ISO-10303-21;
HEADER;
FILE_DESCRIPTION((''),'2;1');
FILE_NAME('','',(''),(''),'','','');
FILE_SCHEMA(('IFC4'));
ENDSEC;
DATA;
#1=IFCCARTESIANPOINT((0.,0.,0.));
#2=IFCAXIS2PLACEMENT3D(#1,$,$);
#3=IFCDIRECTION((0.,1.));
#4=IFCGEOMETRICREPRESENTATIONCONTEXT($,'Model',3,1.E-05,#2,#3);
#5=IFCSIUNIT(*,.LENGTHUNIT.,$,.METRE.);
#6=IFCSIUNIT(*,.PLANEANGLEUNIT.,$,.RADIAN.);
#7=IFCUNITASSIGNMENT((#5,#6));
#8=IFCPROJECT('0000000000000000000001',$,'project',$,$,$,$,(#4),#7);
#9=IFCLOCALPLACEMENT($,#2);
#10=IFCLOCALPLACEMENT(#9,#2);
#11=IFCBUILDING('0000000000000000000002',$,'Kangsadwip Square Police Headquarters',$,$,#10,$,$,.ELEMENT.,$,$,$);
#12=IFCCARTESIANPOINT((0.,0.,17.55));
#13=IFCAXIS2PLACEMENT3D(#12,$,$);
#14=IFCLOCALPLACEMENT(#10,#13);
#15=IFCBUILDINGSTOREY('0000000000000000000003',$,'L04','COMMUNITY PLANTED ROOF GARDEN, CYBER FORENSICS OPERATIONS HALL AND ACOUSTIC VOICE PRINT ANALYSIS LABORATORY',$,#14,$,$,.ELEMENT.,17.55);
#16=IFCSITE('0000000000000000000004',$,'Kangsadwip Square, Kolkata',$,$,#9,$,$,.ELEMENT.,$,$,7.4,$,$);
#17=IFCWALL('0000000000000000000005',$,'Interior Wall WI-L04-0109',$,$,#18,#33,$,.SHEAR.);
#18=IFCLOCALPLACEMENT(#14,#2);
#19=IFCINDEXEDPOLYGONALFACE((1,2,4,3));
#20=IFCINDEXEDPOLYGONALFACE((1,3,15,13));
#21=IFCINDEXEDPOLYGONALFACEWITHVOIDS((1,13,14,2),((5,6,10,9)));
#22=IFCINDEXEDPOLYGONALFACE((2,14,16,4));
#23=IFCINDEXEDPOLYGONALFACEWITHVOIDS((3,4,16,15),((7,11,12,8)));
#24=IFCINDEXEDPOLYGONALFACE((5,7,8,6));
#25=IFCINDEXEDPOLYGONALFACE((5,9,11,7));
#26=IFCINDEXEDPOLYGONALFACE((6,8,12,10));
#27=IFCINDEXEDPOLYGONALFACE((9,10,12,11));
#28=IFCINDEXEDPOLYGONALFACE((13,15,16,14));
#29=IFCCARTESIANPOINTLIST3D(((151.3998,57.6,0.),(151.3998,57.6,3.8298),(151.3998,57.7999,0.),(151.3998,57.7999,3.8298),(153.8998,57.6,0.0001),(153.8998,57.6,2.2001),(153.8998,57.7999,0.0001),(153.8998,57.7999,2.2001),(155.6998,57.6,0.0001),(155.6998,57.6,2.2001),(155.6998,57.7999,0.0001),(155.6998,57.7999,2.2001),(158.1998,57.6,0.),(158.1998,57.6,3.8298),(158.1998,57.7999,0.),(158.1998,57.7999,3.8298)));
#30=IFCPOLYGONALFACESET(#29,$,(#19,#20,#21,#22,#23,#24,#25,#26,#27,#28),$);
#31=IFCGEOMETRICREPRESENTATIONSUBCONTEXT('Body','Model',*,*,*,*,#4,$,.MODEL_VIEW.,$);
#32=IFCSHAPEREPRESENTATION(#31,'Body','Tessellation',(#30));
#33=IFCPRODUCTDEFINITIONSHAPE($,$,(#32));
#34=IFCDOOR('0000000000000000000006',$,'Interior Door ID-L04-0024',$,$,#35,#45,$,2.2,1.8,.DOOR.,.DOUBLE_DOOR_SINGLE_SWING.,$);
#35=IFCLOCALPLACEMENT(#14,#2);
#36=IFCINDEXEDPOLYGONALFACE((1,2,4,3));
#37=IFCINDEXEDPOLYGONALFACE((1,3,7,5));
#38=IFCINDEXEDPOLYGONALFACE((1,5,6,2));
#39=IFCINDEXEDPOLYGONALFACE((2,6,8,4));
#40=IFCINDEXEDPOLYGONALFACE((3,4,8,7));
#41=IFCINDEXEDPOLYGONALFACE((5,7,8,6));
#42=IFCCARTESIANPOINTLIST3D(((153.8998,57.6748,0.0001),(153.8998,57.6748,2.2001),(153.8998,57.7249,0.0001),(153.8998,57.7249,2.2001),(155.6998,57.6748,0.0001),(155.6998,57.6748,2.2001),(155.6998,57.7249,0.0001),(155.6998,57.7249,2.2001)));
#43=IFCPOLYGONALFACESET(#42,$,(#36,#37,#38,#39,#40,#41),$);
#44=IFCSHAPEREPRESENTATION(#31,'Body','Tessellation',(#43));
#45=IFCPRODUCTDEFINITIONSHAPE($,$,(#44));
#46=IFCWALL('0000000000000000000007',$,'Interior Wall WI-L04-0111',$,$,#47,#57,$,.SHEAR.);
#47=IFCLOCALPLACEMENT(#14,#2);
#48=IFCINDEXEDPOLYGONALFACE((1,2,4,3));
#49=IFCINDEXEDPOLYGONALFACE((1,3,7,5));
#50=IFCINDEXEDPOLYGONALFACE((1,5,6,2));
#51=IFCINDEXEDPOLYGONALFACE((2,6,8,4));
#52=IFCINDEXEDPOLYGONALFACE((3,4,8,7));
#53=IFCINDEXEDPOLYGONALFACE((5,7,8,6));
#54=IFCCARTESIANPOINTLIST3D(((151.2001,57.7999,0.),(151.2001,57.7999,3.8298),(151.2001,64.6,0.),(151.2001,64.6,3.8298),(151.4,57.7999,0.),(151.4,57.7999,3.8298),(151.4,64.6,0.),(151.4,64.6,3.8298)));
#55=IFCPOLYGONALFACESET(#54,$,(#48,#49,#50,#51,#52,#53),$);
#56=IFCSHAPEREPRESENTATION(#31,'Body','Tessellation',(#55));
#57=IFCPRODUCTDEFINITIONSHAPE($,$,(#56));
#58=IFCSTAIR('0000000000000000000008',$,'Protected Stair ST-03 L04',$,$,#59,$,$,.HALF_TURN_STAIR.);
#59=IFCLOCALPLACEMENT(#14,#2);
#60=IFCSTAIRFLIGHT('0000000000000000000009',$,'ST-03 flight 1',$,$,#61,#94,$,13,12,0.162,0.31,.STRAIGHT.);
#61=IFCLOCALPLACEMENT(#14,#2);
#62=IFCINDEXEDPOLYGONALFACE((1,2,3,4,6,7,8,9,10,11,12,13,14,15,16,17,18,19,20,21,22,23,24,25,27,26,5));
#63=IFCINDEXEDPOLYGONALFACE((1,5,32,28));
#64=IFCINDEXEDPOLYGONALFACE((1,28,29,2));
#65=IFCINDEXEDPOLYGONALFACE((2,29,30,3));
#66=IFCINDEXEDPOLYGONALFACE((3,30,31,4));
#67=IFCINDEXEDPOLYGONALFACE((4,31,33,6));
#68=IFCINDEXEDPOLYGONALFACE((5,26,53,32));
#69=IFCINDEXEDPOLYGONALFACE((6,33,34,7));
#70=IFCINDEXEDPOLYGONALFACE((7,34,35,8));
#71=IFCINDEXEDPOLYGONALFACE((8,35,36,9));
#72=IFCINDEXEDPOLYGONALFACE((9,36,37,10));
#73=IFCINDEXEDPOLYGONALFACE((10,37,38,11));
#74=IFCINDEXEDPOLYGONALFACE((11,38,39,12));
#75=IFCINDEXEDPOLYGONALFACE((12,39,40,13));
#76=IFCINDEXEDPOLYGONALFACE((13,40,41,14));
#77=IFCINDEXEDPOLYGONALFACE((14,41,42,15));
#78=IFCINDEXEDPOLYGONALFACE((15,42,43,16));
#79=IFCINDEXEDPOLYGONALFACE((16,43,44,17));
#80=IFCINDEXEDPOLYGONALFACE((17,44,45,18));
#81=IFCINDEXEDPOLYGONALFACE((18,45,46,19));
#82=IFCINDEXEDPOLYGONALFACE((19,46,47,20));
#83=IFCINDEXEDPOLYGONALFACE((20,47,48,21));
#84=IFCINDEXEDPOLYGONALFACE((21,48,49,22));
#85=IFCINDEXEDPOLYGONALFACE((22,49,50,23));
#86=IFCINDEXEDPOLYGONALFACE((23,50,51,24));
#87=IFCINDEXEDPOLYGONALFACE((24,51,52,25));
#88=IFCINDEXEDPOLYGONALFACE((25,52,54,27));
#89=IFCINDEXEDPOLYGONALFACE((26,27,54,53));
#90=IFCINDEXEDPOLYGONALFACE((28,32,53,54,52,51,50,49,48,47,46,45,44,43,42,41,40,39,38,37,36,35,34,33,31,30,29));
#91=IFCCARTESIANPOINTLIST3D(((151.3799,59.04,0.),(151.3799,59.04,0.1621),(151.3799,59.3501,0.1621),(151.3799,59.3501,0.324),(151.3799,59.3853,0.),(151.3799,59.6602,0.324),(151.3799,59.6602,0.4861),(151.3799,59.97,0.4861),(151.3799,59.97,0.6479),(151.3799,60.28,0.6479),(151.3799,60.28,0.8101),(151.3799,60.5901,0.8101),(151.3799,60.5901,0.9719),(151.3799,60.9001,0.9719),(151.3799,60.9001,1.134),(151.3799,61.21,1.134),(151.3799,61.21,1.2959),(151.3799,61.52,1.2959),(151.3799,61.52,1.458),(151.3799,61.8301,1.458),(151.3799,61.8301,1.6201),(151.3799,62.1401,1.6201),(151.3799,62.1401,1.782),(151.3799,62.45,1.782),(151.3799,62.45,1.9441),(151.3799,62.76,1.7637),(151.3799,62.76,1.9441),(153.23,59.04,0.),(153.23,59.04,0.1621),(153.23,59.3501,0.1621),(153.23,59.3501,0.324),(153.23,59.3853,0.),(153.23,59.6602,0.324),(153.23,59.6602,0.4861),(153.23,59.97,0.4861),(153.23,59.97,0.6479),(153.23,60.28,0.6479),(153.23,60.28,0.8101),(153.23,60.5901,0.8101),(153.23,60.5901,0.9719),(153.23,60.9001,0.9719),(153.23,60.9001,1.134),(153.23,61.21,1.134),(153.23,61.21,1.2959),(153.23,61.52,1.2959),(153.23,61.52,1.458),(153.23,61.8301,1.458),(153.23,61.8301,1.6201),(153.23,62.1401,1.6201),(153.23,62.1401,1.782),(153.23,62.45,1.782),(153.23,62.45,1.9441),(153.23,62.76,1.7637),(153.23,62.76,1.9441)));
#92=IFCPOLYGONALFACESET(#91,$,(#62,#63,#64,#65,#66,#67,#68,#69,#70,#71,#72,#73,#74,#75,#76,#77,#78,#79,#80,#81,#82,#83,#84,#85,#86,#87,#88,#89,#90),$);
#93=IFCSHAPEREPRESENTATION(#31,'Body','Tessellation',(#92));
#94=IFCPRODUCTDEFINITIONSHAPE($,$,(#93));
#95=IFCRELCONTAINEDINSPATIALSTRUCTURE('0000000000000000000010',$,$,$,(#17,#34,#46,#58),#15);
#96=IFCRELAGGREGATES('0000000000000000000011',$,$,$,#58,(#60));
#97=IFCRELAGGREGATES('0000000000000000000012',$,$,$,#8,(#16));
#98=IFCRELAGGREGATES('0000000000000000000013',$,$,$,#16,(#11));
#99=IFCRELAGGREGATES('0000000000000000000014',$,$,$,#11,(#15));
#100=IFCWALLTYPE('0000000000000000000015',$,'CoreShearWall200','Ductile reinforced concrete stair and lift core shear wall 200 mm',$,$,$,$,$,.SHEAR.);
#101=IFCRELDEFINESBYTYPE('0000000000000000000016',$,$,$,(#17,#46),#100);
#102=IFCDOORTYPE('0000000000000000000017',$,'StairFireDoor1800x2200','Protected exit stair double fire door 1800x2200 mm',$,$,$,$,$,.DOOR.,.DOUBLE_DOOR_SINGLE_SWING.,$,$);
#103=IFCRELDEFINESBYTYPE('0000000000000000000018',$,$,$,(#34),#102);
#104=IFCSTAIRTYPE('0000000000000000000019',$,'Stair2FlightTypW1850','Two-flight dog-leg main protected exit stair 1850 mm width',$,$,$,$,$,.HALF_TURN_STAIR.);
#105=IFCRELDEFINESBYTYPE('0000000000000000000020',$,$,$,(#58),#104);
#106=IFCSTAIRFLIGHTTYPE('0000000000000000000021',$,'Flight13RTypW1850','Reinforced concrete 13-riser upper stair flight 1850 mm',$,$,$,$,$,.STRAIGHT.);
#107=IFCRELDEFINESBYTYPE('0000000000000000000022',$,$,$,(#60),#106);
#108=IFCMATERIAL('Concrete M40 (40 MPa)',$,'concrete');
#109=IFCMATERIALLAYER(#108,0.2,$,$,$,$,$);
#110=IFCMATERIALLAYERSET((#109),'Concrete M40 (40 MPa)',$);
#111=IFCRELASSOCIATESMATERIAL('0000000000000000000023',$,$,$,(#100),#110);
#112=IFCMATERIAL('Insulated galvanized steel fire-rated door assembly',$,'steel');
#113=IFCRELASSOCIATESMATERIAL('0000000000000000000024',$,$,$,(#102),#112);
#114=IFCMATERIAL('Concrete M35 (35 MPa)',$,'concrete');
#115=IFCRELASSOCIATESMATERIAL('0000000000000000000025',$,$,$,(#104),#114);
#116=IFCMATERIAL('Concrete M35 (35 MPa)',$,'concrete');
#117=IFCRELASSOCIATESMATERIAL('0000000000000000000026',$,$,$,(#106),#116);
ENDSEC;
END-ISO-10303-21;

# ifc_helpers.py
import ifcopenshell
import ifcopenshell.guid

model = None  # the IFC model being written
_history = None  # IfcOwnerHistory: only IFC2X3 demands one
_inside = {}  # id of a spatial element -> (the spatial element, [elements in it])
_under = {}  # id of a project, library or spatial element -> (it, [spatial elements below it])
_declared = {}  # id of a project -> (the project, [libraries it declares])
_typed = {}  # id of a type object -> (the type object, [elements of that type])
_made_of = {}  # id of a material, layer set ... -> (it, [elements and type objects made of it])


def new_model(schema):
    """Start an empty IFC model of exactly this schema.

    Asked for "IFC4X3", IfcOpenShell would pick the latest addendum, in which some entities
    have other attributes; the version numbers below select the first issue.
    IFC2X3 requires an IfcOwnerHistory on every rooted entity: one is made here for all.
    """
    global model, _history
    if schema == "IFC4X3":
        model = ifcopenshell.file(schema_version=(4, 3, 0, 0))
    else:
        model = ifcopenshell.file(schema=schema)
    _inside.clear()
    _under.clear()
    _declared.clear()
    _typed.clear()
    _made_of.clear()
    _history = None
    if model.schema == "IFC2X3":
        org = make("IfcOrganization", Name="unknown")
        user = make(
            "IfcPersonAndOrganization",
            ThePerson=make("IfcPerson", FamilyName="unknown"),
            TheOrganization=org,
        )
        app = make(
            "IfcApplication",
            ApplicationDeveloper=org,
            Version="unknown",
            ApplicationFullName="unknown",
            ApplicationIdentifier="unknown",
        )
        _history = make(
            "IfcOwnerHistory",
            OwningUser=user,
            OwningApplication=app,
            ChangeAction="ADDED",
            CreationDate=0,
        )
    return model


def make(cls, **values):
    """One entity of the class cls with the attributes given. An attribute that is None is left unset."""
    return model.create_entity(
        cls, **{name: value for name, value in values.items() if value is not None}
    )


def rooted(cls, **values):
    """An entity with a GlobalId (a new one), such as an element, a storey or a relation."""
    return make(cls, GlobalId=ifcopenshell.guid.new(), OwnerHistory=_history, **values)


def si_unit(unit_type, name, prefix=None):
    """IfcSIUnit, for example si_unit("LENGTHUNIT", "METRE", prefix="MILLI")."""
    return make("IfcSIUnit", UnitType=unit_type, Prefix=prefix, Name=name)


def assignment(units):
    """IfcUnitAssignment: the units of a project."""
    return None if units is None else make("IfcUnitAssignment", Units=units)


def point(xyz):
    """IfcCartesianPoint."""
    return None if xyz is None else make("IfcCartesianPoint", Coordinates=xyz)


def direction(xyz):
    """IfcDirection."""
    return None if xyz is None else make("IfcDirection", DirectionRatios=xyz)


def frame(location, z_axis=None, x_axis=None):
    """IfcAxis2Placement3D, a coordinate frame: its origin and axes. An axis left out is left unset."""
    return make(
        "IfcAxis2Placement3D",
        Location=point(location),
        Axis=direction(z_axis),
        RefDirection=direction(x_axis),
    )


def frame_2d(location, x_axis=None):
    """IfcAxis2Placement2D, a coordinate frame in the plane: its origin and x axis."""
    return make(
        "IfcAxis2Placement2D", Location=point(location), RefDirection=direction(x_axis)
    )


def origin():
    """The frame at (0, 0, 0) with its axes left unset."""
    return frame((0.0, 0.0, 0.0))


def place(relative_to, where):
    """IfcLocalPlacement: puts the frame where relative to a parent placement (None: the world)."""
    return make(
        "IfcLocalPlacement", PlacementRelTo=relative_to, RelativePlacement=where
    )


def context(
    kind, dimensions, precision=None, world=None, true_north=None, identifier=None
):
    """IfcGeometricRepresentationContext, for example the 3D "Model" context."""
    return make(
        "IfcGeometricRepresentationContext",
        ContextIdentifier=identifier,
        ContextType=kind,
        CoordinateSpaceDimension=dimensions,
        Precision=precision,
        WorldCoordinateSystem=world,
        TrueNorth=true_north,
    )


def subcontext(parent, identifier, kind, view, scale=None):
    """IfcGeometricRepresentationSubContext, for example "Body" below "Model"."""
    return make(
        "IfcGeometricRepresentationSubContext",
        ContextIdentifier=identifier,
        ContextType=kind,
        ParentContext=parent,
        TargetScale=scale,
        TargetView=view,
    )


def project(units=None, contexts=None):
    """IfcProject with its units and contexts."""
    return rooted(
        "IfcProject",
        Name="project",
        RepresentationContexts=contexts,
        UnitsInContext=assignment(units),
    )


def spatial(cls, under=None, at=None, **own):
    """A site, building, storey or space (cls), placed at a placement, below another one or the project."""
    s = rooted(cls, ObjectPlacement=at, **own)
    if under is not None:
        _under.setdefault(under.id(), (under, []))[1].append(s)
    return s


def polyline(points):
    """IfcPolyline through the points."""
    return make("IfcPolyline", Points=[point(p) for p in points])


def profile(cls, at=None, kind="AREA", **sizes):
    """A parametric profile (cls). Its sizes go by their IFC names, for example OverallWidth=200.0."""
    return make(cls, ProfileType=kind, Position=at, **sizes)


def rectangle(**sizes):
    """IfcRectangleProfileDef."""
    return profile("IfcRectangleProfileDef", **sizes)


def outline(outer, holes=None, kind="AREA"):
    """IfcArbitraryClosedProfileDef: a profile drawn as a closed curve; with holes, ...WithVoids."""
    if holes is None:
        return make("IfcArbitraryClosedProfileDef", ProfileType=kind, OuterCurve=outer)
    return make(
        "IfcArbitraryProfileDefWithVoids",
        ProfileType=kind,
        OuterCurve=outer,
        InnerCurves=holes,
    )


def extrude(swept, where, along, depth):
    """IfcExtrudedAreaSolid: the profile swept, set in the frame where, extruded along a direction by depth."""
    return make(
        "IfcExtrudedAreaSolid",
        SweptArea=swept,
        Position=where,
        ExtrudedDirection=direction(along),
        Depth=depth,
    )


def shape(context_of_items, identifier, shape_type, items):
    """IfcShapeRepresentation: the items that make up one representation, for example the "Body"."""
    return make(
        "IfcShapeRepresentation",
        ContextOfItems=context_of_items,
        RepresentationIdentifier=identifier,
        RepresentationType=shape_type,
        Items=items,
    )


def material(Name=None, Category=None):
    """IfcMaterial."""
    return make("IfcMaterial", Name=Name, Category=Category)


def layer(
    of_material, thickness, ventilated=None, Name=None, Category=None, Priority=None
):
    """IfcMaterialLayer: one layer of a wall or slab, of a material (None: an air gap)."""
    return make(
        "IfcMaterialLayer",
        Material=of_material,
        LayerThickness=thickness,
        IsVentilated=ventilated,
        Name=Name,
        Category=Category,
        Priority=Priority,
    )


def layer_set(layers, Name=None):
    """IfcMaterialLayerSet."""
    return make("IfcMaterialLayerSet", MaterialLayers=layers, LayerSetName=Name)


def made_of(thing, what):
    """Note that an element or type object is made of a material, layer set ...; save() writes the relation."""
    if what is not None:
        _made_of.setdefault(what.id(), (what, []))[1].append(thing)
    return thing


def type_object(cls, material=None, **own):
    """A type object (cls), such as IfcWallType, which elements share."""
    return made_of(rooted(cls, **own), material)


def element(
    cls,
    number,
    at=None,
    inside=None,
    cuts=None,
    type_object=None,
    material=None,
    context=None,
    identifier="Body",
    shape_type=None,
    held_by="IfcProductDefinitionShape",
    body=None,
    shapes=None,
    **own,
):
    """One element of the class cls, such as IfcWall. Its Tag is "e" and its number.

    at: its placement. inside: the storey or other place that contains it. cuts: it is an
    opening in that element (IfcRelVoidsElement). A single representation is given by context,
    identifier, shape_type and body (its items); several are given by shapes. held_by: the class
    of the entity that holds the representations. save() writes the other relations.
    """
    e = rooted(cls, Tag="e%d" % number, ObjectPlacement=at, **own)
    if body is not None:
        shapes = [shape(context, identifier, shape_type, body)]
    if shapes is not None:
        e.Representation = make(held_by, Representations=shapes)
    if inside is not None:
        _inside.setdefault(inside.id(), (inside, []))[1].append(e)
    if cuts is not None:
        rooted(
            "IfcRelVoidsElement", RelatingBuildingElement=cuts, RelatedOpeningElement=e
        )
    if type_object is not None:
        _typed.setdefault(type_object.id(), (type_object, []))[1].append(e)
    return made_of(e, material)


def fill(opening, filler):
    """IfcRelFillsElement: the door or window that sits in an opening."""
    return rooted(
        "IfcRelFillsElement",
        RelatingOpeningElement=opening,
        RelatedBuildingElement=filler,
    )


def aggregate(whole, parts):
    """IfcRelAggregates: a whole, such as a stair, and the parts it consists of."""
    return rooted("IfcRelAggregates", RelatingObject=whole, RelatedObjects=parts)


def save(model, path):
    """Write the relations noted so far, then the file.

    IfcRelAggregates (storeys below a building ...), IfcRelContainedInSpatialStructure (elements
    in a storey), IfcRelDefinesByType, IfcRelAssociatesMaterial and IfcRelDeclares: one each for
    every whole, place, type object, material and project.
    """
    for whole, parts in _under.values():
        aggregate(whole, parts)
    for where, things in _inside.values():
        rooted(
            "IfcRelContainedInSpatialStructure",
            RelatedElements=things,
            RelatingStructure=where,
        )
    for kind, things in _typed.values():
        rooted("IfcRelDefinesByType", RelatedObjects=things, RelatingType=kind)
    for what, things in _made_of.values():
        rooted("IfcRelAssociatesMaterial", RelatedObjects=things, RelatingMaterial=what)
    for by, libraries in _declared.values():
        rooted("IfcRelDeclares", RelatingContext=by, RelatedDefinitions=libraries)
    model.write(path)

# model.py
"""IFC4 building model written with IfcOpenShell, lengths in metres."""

from ifc_helpers import new_model, si_unit, direction, frame, frame_2d, origin, place, context, subcontext, project, spatial, polyline, rectangle, outline, extrude, material, layer, layer_set, type_object, element, fill, aggregate, save


model = new_model("IFC4")

# Units and contexts
model_context = context("Model", 3, precision=1e-05, world=origin(), true_north=direction((0.0, 1.0)))
body_context = subcontext(model_context, "Body", "Model", "MODEL_VIEW")
ifc_project = project(units=[si_unit("LENGTHUNIT", "METRE"), si_unit("PLANEANGLEUNIT", "RADIAN")], contexts=[model_context])

# Site, building, storey
site_placement = place(None, origin())
site = spatial("IfcSite", under=ifc_project, at=site_placement, Name="Kangsadwip Square, Kolkata", CompositionType="ELEMENT", RefElevation=7.4)
building_placement = place(site_placement, origin())
building = spatial("IfcBuilding", under=site, at=building_placement, Name="Kangsadwip Square Police Headquarters", CompositionType="ELEMENT")
storey_placement = place(building_placement, frame((0.0, 0.0, 17.55)))
storey = spatial("IfcBuildingStorey", under=building, at=storey_placement, Name="L04", Description="COMMUNITY PLANTED ROOF GARDEN, CYBER FORENSICS OPERATIONS HALL AND ACOUSTIC VOICE PRINT ANALYSIS LABORATORY", CompositionType="ELEMENT", Elevation=17.55)

# Wall, opening, door
ifc_material_1 = material(Name="Concrete M40 (40 MPa)", Category="concrete")
ifc_layer_1 = layer(ifc_material_1, 0.2)
ifc_layer_set_1 = layer_set([ifc_layer_1], Name="Concrete M40 (40 MPa)")
wall_type_1 = type_object("IfcWallType", Name="CoreShearWall200", Description="Ductile reinforced concrete stair and lift core shear wall 200 mm", PredefinedType="SHEAR", material=ifc_layer_set_1)
wall_1_placement = place(storey_placement, frame((151.3999, 57.7, 0.0), z_axis=(0.0, 0.0, 1.0), x_axis=(1.0, 0.0, 0.0)))
wall_1 = element("IfcWall", 1, at=wall_1_placement, inside=storey, type_object=wall_type_1, Name="Interior Wall WI-L04-0109", PredefinedType="SHEAR", context=body_context, shape_type="SweptSolid", body=[
    extrude(rectangle(XDim=6.8, YDim=0.2, at=frame_2d((3.3999, 0.0))), origin(), (0.0, 0.0, 1.0), 3.8298),
])
opening_1_placement = place(wall_1_placement, frame((2.5, 0.0, 0.0)))
opening_1 = element("IfcOpeningElement", 2, at=opening_1_placement, cuts=wall_1, PredefinedType="OPENING", context=body_context, shape_type="SweptSolid", body=[
    extrude(rectangle(XDim=1.8, YDim=2.2, at=frame_2d((0.8999, 1.1001))), frame((0.0, 0.1099, 0.0), z_axis=(0.0, -1.0, 0.0), x_axis=(1.0, 0.0, 0.0)), (0.0, 0.0, 1.0), 0.22),
])
ifc_material_2 = material(Name="Insulated galvanized steel fire-rated door assembly", Category="steel")
door_type_1 = type_object("IfcDoorType", Name="StairFireDoor1800x2200", Description="Protected exit stair double fire door 1800x2200 mm", OperationType="DOUBLE_DOOR_SINGLE_SWING", PredefinedType="DOOR", material=ifc_material_2)
door_1_placement = place(opening_1_placement, origin())
door_1 = element("IfcDoor", 3, at=door_1_placement, inside=storey, type_object=door_type_1, Name="Interior Door ID-L04-0024", OperationType="DOUBLE_DOOR_SINGLE_SWING", OverallHeight=2.2, OverallWidth=1.8, PredefinedType="DOOR", context=body_context, shape_type="SweptSolid", body=[
    extrude(rectangle(XDim=1.8, YDim=2.2, at=frame_2d((0.8999, 1.1001))), frame((0.0, 0.0249, 0.0), z_axis=(0.0, -1.0, 0.0), x_axis=(1.0, 0.0, 0.0)), (0.0, 0.0, 1.0), 0.05),
])
fill(opening_1, door_1)

# Wall
wall_2_placement = place(storey_placement, frame((151.3, 57.8, 0.0), z_axis=(0.0, 0.0, 1.0), x_axis=(0.0, 1.0, 0.0)))
element("IfcWall", 4, at=wall_2_placement, inside=storey, type_object=wall_type_1, Name="Interior Wall WI-L04-0111", PredefinedType="SHEAR", context=body_context, shape_type="SweptSolid", body=[
    extrude(rectangle(XDim=6.8, YDim=0.2, at=frame_2d((3.3999, 0.0))), origin(), (0.0, 0.0, 1.0), 3.8298),
])

# Stair, stair flight
ifc_material_3 = material(Name="Concrete M35 (35 MPa)", Category="concrete")
stair_type = type_object("IfcStairType", Name="Stair2FlightTypW1850", Description="Two-flight dog-leg main protected exit stair 1850 mm width", PredefinedType="HALF_TURN_STAIR", material=ifc_material_3)
stair_placement = place(storey_placement, origin())
stair = element("IfcStair", 5, at=stair_placement, inside=storey, type_object=stair_type, Name="Protected Stair ST-03 L04", PredefinedType="HALF_TURN_STAIR")
ifc_material_4 = material(Name="Concrete M35 (35 MPa)", Category="concrete")
stair_flight_type = type_object("IfcStairFlightType", Name="Flight13RTypW1850", Description="Reinforced concrete 13-riser upper stair flight 1850 mm", PredefinedType="STRAIGHT", material=ifc_material_4)
stair_flight_placement = place(storey_placement, frame((152.3049, 59.04, 0.0), z_axis=(0.0, 0.0, 1.0), x_axis=(0.0, 1.0, 0.0)))
stair_flight = element("IfcStairFlight", 6, at=stair_flight_placement, type_object=stair_flight_type, Name="ST-03 flight 1", NumberOfRisers=13, NumberOfTreads=12, PredefinedType="STRAIGHT", RiserHeight=0.162, TreadLength=0.31, context=body_context, shape_type="SweptSolid", body=[
    extrude(outline(polyline([(0.0, 0.0), (0.0, 0.1621), (0.3101, 0.1621), (0.3101, 0.324), (0.6201, 0.324), (0.6201, 0.4861), (0.9299, 0.4861), (0.9299, 0.6479), (1.24, 0.6479), (1.24, 0.8101), (1.55, 0.8101), (1.55, 0.9719), (1.8601, 0.9719), (1.8601, 1.134), (2.1699, 1.134), (2.1699, 1.2959), (2.48, 1.2959), (2.48, 1.458), (2.79, 1.458), (2.79, 1.6201), (3.1001, 1.6201), (3.1001, 1.782), (3.4099, 1.782), (3.4099, 1.9441), (3.72, 1.9441), (3.72, 2.106), (3.72, 1.7637), (0.3452, 0.0), (0.0, 0.0)])), frame((0.0, 0.925, 0.0), z_axis=(0.0, -1.0, 0.0), x_axis=(1.0, 0.0, 0.0)), (0.0, 0.0, 1.0), 1.8501),
])
aggregate(stair, [stair_flight])

save(model, "model.ifc")
